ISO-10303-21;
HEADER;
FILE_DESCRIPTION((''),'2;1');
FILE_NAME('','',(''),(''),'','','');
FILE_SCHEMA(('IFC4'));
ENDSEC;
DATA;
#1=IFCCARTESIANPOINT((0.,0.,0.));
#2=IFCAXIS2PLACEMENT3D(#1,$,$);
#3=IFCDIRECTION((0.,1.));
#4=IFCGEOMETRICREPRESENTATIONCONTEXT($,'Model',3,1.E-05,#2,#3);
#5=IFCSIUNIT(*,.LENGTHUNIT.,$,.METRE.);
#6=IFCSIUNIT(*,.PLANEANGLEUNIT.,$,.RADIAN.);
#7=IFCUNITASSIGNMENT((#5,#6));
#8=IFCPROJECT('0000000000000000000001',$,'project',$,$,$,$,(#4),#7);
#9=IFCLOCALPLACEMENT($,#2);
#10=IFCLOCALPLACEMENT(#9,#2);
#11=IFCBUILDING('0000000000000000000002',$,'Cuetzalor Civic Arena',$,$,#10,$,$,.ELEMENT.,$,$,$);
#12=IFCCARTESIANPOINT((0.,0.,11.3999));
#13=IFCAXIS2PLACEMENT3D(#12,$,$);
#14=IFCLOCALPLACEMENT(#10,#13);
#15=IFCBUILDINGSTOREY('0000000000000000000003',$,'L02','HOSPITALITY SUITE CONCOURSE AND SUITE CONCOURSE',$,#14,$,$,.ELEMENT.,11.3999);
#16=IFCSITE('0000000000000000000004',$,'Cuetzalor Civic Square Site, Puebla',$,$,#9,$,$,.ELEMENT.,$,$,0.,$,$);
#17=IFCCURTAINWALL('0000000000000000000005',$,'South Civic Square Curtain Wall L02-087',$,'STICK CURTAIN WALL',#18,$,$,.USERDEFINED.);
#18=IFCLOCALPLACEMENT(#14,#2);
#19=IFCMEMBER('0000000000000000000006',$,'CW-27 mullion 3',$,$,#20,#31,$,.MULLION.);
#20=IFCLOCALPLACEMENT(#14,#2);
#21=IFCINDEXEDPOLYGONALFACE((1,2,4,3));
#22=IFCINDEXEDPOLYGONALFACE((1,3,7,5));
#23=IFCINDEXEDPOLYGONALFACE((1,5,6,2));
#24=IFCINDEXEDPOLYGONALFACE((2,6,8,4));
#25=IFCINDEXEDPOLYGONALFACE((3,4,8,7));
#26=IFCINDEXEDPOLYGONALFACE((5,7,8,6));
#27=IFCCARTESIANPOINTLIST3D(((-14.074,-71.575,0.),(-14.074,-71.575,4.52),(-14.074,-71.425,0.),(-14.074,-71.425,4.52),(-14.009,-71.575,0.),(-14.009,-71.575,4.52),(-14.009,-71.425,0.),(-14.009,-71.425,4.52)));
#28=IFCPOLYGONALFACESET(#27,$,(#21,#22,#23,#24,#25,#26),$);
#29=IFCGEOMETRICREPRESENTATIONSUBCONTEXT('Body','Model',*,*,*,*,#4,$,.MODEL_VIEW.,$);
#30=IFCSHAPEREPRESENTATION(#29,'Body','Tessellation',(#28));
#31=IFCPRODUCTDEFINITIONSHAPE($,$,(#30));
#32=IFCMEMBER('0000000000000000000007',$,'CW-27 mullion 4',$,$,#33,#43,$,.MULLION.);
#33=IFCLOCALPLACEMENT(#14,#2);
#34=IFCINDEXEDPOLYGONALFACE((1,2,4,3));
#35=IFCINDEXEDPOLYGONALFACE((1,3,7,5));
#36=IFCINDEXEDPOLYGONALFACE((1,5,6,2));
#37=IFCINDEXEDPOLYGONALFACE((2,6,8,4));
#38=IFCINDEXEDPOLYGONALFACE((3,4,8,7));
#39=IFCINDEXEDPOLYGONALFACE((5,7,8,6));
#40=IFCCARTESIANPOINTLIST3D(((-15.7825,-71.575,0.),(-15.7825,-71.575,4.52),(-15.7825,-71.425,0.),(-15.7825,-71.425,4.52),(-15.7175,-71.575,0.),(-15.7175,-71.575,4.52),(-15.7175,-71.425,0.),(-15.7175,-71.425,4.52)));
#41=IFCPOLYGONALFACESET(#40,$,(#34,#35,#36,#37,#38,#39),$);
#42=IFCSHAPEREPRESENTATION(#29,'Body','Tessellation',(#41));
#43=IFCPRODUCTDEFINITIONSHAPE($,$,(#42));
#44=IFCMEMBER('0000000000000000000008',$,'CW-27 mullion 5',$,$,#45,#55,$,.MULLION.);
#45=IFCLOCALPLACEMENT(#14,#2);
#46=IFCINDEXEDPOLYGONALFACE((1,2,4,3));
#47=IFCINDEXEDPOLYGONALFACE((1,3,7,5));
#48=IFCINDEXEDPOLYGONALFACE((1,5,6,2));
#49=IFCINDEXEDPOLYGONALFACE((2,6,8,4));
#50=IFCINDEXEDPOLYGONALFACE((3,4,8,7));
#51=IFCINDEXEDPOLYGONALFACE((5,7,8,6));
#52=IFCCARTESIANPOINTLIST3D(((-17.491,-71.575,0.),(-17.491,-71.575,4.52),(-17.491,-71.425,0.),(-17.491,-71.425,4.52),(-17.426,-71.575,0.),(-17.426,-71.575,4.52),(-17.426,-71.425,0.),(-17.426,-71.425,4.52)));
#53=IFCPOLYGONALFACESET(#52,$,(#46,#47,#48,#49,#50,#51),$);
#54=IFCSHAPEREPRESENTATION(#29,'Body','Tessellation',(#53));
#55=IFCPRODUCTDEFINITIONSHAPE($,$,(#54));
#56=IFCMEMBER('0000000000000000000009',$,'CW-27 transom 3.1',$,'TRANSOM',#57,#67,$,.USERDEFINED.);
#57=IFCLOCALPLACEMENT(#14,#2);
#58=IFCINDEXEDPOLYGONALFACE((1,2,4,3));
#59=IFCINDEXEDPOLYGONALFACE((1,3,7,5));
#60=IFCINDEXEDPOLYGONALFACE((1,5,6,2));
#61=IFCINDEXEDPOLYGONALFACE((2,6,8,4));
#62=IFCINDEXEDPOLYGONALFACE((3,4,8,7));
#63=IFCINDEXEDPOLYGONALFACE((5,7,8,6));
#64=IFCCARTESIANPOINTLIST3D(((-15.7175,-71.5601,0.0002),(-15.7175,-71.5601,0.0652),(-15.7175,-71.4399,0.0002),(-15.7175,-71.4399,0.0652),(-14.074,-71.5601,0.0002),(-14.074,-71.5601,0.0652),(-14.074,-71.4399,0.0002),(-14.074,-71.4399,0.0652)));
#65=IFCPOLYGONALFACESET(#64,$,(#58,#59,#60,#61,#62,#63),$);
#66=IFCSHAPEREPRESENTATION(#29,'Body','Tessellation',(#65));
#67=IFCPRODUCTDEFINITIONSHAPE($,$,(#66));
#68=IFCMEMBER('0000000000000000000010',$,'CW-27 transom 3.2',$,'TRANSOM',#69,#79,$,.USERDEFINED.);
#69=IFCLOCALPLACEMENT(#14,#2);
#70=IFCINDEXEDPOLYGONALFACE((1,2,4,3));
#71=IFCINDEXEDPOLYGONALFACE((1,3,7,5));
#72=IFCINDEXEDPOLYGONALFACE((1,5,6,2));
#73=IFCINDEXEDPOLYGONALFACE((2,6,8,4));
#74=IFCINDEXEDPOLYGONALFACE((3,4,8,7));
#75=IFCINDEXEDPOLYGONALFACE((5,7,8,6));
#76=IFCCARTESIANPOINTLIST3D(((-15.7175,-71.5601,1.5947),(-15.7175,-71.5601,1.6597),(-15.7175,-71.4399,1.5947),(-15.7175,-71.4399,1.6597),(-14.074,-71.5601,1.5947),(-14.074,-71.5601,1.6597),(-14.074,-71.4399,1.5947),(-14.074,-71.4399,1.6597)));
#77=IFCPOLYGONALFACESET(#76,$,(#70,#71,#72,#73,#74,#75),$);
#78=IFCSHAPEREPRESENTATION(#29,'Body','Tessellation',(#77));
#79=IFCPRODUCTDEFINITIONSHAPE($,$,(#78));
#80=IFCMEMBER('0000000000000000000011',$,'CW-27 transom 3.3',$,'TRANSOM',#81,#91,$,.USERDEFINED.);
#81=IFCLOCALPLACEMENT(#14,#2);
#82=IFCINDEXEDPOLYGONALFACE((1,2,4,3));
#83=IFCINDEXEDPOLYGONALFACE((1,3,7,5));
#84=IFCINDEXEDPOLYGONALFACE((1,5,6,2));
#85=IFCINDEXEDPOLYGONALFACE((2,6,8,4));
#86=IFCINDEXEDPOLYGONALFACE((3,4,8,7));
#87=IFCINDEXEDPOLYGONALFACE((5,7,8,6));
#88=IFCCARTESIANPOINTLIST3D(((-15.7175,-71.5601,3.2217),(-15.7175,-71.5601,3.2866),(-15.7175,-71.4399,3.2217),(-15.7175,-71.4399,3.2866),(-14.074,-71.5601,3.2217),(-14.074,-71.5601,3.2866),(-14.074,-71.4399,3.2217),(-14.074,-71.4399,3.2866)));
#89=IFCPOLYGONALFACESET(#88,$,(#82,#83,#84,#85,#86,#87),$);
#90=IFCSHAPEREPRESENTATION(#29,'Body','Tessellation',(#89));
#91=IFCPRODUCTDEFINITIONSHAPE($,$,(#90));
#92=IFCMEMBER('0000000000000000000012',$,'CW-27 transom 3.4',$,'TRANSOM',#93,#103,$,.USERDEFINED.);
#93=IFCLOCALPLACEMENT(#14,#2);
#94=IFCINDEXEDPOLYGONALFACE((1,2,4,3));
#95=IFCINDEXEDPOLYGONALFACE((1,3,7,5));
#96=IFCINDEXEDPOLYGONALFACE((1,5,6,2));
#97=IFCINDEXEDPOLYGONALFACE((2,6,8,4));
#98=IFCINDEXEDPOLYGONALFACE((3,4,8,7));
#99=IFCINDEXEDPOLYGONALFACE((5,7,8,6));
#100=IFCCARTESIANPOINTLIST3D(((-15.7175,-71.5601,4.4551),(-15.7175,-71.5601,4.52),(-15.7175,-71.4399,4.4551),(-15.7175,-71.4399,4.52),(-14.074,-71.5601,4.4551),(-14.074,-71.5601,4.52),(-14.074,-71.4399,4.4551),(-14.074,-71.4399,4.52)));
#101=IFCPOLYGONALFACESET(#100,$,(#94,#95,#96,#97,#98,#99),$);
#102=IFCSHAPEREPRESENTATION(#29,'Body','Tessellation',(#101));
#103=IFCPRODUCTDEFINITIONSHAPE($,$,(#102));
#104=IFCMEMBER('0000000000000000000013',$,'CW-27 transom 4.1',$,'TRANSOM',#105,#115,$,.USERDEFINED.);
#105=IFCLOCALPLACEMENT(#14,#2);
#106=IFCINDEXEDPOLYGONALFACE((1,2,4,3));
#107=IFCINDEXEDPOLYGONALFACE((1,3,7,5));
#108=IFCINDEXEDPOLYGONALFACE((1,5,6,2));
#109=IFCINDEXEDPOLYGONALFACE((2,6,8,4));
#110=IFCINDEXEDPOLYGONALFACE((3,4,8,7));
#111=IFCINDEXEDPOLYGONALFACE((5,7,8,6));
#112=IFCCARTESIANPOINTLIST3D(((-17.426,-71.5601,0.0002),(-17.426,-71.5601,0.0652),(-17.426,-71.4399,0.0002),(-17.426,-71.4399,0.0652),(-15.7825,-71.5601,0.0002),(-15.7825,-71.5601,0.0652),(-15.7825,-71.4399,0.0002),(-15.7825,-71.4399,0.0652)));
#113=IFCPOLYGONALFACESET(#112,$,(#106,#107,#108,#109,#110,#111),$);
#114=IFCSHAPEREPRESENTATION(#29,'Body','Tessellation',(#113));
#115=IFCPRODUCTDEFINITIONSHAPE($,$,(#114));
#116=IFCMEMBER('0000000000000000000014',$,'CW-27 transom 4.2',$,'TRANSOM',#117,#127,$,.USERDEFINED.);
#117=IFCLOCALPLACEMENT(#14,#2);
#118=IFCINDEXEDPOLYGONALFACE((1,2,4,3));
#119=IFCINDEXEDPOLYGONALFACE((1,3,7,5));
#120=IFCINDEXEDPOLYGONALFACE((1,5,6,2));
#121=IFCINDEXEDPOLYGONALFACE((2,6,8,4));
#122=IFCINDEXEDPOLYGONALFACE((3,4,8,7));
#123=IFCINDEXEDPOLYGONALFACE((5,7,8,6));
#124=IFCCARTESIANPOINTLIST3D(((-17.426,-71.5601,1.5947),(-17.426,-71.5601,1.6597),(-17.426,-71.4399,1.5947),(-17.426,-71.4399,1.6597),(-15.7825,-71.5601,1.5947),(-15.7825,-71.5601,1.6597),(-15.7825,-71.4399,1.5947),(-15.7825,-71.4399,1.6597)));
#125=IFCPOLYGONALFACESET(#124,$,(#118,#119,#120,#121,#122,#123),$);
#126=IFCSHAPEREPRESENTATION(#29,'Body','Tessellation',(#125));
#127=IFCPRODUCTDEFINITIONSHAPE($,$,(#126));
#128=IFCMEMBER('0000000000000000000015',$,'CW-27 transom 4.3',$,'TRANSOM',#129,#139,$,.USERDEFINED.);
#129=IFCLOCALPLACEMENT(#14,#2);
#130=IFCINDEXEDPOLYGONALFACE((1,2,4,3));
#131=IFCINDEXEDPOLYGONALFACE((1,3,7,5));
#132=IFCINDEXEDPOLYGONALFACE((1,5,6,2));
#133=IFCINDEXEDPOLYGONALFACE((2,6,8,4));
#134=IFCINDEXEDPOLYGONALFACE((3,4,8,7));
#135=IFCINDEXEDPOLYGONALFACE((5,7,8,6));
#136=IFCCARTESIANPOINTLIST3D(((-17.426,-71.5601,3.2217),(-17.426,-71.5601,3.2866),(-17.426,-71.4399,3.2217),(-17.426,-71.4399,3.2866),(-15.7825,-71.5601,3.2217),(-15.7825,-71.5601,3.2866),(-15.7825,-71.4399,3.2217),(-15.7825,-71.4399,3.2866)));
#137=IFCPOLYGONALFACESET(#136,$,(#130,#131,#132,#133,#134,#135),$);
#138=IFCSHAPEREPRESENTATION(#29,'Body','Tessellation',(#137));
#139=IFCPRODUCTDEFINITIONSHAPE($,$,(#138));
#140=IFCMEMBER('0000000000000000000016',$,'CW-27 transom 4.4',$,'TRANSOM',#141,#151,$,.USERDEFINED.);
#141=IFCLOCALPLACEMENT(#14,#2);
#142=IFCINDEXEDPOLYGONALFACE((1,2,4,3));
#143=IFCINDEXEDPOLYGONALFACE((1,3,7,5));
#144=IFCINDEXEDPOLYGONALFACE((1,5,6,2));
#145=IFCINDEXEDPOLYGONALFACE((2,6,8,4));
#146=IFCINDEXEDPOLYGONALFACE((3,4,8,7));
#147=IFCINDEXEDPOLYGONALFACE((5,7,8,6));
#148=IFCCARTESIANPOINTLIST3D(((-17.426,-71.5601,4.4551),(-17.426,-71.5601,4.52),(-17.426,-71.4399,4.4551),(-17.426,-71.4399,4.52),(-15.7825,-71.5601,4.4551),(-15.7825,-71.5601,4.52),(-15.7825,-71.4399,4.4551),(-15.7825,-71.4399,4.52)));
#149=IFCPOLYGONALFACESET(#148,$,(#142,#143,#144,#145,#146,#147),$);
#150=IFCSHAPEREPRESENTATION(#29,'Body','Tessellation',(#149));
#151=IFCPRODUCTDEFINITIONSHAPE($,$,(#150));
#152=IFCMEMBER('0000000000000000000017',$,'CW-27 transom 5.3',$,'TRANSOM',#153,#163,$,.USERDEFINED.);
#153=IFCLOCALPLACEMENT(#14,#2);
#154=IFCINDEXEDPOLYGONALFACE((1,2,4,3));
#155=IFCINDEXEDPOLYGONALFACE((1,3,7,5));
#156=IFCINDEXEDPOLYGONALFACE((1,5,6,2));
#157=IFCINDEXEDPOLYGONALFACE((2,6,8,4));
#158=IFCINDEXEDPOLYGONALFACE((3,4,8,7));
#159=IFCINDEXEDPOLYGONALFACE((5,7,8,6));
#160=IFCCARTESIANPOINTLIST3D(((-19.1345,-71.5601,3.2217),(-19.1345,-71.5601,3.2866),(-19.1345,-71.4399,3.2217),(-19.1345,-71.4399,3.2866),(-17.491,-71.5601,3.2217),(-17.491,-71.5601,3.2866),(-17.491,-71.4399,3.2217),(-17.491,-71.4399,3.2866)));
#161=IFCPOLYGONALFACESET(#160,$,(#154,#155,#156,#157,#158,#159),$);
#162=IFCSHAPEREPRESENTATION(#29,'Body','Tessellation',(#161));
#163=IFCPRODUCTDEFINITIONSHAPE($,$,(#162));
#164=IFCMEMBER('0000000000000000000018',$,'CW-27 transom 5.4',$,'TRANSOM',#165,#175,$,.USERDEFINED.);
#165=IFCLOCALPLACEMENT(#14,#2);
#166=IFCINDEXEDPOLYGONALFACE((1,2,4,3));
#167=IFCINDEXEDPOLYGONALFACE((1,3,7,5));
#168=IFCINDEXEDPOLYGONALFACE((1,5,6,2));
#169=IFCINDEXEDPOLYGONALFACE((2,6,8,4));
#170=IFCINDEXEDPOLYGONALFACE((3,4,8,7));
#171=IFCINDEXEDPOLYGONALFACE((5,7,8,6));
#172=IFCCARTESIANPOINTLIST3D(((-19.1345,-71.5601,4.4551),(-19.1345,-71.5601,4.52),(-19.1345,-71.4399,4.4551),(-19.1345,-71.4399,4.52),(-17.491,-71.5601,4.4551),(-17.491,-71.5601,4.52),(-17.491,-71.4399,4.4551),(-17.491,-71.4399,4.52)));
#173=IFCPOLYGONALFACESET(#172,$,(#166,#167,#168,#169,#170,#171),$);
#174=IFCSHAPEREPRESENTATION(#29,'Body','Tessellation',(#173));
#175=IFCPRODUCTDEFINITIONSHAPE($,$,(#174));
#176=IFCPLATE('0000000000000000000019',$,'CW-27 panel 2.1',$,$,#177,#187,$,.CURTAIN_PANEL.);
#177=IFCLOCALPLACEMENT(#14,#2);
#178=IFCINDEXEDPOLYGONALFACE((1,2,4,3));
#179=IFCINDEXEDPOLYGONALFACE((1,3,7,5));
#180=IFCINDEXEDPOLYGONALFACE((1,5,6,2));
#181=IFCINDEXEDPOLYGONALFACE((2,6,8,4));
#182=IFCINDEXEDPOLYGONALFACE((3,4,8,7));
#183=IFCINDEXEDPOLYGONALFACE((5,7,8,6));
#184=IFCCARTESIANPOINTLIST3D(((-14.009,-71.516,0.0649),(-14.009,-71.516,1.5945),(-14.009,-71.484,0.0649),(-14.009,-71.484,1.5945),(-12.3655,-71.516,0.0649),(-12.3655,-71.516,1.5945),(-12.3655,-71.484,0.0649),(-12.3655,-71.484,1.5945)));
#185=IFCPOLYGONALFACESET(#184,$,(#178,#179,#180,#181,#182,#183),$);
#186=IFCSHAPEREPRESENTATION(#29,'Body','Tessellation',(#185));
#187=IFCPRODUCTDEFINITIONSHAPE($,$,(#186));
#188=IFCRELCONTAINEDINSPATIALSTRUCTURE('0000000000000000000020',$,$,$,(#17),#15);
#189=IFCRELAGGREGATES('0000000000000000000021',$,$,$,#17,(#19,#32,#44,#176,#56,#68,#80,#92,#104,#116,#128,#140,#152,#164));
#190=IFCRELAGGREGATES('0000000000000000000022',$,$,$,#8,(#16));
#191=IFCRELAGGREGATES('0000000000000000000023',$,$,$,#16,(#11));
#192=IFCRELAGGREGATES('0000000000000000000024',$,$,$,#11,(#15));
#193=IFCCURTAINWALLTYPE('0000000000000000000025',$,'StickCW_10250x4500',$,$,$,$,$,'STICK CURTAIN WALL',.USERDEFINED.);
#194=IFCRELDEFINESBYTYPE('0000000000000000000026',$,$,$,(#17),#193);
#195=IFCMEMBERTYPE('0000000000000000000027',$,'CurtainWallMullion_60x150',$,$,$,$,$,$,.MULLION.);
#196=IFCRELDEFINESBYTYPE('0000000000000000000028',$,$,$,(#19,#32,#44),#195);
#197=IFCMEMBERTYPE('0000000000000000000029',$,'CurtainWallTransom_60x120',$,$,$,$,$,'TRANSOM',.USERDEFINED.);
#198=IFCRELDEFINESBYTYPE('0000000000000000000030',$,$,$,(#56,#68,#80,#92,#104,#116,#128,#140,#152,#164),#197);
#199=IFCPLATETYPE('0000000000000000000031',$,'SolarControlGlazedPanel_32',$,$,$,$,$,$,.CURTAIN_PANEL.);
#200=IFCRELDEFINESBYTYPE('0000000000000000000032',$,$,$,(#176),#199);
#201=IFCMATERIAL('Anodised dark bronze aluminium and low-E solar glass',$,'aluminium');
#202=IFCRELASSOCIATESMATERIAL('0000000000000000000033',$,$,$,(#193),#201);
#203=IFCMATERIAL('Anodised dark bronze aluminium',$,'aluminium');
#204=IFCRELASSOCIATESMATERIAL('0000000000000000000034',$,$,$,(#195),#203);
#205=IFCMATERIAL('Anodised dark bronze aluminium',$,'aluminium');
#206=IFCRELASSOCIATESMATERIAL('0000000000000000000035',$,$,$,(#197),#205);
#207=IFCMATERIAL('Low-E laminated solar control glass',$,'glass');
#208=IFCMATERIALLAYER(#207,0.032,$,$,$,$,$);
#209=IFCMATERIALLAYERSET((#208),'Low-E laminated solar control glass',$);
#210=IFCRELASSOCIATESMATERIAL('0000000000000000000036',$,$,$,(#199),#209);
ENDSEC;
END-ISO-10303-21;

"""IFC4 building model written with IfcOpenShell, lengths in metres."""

from ifc_helpers import new_model, si_unit, direction, frame, origin, origin_2d, place, context, subcontext, project, spatial, rectangle, extrude, material, layer, layer_set, material_profile, profile_set, type_object, element, aggregate, save


model = new_model("IFC4")

# Units and contexts
model_context = context("Model", 3, precision=1e-05, world=origin(), true_north=direction((0.0, 1.0)))
body_context = subcontext(model_context, "Body", "Model", "MODEL_VIEW")
ifc_project = project(units=[si_unit("LENGTHUNIT", "METRE"), si_unit("PLANEANGLEUNIT", "RADIAN")], contexts=[model_context])

# Site, building, storey
site_placement = place(None, origin())
site = spatial("IfcSite", under=ifc_project, at=site_placement, Name="Cuetzalor Civic Square Site, Puebla", CompositionType="ELEMENT", RefElevation=0.0)
building_placement = place(site_placement, origin())
building = spatial("IfcBuilding", under=site, at=building_placement, Name="Cuetzalor Civic Arena", CompositionType="ELEMENT")
storey_placement = place(building_placement, frame((0.0, 0.0, 11.3999)))
storey = spatial("IfcBuildingStorey", under=building, at=storey_placement, Name="L02", Description="HOSPITALITY SUITE CONCOURSE AND SUITE CONCOURSE", CompositionType="ELEMENT", Elevation=11.3999)

# Curtain wall, members, plate
ifc_material_1 = material(Name="Anodised dark bronze aluminium and low-E solar glass", Category="aluminium")
curtain_wall_type = type_object("IfcCurtainWallType", Name="StickCW_10250x4500", ElementType="STICK CURTAIN WALL", PredefinedType="USERDEFINED", material=ifc_material_1)
curtain_wall_placement = place(storey_placement, origin())
curtain_wall = element("IfcCurtainWall", 1, at=curtain_wall_placement, inside=storey, type_object=curtain_wall_type, Name="South Civic Square Curtain Wall L02-087", ObjectType="STICK CURTAIN WALL", PredefinedType="USERDEFINED")
ifc_material_2 = material(Name="Anodised dark bronze aluminium", Category="aluminium")
ifc_material_profile_1 = material_profile(ifc_material_2, rectangle(XDim=0.0649, YDim=0.1499, at=origin_2d()), Name="ALU MULLION 65x150")
ifc_profile_set_1 = profile_set([ifc_material_profile_1], Name="Anodised dark bronze aluminium")
member_type_1 = type_object("IfcMemberType", Name="CurtainWallMullion_60x150", PredefinedType="MULLION", material=ifc_profile_set_1)
member_1_placement = place(storey_placement, frame((-14.0415, -71.5, 0.0), z_axis=(0.0, 0.0, 1.0), x_axis=(-1.0, 0.0, 0.0)))
member_1 = element("IfcMember", 2, at=member_1_placement, type_object=member_type_1, Name="CW-27 mullion 3", PredefinedType="MULLION", context=body_context, shape_type="SweptSolid", body=[
    extrude(rectangle(XDim=0.0649, YDim=0.1499, at=origin_2d()), origin(), (0.0, 0.0, 1.0), 4.52),
])
member_2_placement = place(storey_placement, frame((-15.75, -71.5, 0.0), z_axis=(0.0, 0.0, 1.0), x_axis=(-1.0, 0.0, 0.0)))
member_2 = element("IfcMember", 3, at=member_2_placement, type_object=member_type_1, Name="CW-27 mullion 4", PredefinedType="MULLION", context=body_context, shape_type="SweptSolid", body=[
    extrude(rectangle(XDim=0.0649, YDim=0.1499, at=origin_2d()), origin(), (0.0, 0.0, 1.0), 4.52),
])
member_3_placement = place(storey_placement, frame((-17.4585, -71.5, 0.0), z_axis=(0.0, 0.0, 1.0), x_axis=(-1.0, 0.0, 0.0)))
member_3 = element("IfcMember", 4, at=member_3_placement, type_object=member_type_1, Name="CW-27 mullion 5", PredefinedType="MULLION", context=body_context, shape_type="SweptSolid", body=[
    extrude(rectangle(XDim=0.0649, YDim=0.1499, at=origin_2d()), origin(), (0.0, 0.0, 1.0), 4.52),
])
ifc_material_3 = material(Name="Anodised dark bronze aluminium", Category="aluminium")
ifc_material_profile_2 = material_profile(ifc_material_3, rectangle(XDim=0.1201, YDim=0.0649, at=origin_2d()), Name="ALU TRANSOM 65x120")
ifc_profile_set_2 = profile_set([ifc_material_profile_2], Name="Anodised dark bronze aluminium")
member_type_2 = type_object("IfcMemberType", Name="CurtainWallTransom_60x120", ElementType="TRANSOM", PredefinedType="USERDEFINED", material=ifc_profile_set_2)
member_4_placement = place(storey_placement, frame((-14.074, -71.5, 0.0327), z_axis=(-1.0, 0.0, 0.0), x_axis=(0.0, -1.0, 0.0)))
member_4 = element("IfcMember", 5, at=member_4_placement, type_object=member_type_2, Name="CW-27 transom 3.1", ObjectType="TRANSOM", PredefinedType="USERDEFINED", context=body_context, shape_type="SweptSolid", body=[
    extrude(rectangle(XDim=0.1201, YDim=0.0649, at=origin_2d()), origin(), (0.0, 0.0, 1.0), 1.6436),
])
member_5_placement = place(storey_placement, frame((-14.074, -71.5, 1.6272), z_axis=(-1.0, 0.0, 0.0), x_axis=(0.0, -1.0, 0.0)))
member_5 = element("IfcMember", 6, at=member_5_placement, type_object=member_type_2, Name="CW-27 transom 3.2", ObjectType="TRANSOM", PredefinedType="USERDEFINED", context=body_context, shape_type="SweptSolid", body=[
    extrude(rectangle(XDim=0.1201, YDim=0.0649, at=origin_2d()), origin(), (0.0, 0.0, 1.0), 1.6436),
])
member_6_placement = place(storey_placement, frame((-14.074, -71.5, 3.2542), z_axis=(-1.0, 0.0, 0.0), x_axis=(0.0, -1.0, 0.0)))
member_6 = element("IfcMember", 7, at=member_6_placement, type_object=member_type_2, Name="CW-27 transom 3.3", ObjectType="TRANSOM", PredefinedType="USERDEFINED", context=body_context, shape_type="SweptSolid", body=[
    extrude(rectangle(XDim=0.1201, YDim=0.0649, at=origin_2d()), origin(), (0.0, 0.0, 1.0), 1.6436),
])
member_7_placement = place(storey_placement, frame((-14.074, -71.5, 4.4875), z_axis=(-1.0, 0.0, 0.0), x_axis=(0.0, -1.0, 0.0)))
member_7 = element("IfcMember", 8, at=member_7_placement, type_object=member_type_2, Name="CW-27 transom 3.4", ObjectType="TRANSOM", PredefinedType="USERDEFINED", context=body_context, shape_type="SweptSolid", body=[
    extrude(rectangle(XDim=0.1201, YDim=0.0649, at=origin_2d()), origin(), (0.0, 0.0, 1.0), 1.6436),
])
member_8_placement = place(storey_placement, frame((-15.7825, -71.5, 0.0327), z_axis=(-1.0, 0.0, 0.0), x_axis=(0.0, -1.0, 0.0)))
member_8 = element("IfcMember", 9, at=member_8_placement, type_object=member_type_2, Name="CW-27 transom 4.1", ObjectType="TRANSOM", PredefinedType="USERDEFINED", context=body_context, shape_type="SweptSolid", body=[
    extrude(rectangle(XDim=0.1201, YDim=0.0649, at=origin_2d()), origin(), (0.0, 0.0, 1.0), 1.6436),
])
member_9_placement = place(storey_placement, frame((-15.7825, -71.5, 1.6272), z_axis=(-1.0, 0.0, 0.0), x_axis=(0.0, -1.0, 0.0)))
member_9 = element("IfcMember", 10, at=member_9_placement, type_object=member_type_2, Name="CW-27 transom 4.2", ObjectType="TRANSOM", PredefinedType="USERDEFINED", context=body_context, shape_type="SweptSolid", body=[
    extrude(rectangle(XDim=0.1201, YDim=0.0649, at=origin_2d()), origin(), (0.0, 0.0, 1.0), 1.6436),
])
member_10_placement = place(storey_placement, frame((-15.7825, -71.5, 3.2542), z_axis=(-1.0, 0.0, 0.0), x_axis=(0.0, -1.0, 0.0)))
member_10 = element("IfcMember", 11, at=member_10_placement, type_object=member_type_2, Name="CW-27 transom 4.3", ObjectType="TRANSOM", PredefinedType="USERDEFINED", context=body_context, shape_type="SweptSolid", body=[
    extrude(rectangle(XDim=0.1201, YDim=0.0649, at=origin_2d()), origin(), (0.0, 0.0, 1.0), 1.6436),
])
member_11_placement = place(storey_placement, frame((-15.7825, -71.5, 4.4875), z_axis=(-1.0, 0.0, 0.0), x_axis=(0.0, -1.0, 0.0)))
member_11 = element("IfcMember", 12, at=member_11_placement, type_object=member_type_2, Name="CW-27 transom 4.4", ObjectType="TRANSOM", PredefinedType="USERDEFINED", context=body_context, shape_type="SweptSolid", body=[
    extrude(rectangle(XDim=0.1201, YDim=0.0649, at=origin_2d()), origin(), (0.0, 0.0, 1.0), 1.6436),
])
member_12_placement = place(storey_placement, frame((-17.491, -71.5, 3.2542), z_axis=(-1.0, 0.0, 0.0), x_axis=(0.0, -1.0, 0.0)))
member_12 = element("IfcMember", 13, at=member_12_placement, type_object=member_type_2, Name="CW-27 transom 5.3", ObjectType="TRANSOM", PredefinedType="USERDEFINED", context=body_context, shape_type="SweptSolid", body=[
    extrude(rectangle(XDim=0.1201, YDim=0.0649, at=origin_2d()), origin(), (0.0, 0.0, 1.0), 1.6436),
])
member_13_placement = place(storey_placement, frame((-17.491, -71.5, 4.4875), z_axis=(-1.0, 0.0, 0.0), x_axis=(0.0, -1.0, 0.0)))
member_13 = element("IfcMember", 14, at=member_13_placement, type_object=member_type_2, Name="CW-27 transom 5.4", ObjectType="TRANSOM", PredefinedType="USERDEFINED", context=body_context, shape_type="SweptSolid", body=[
    extrude(rectangle(XDim=0.1201, YDim=0.0649, at=origin_2d()), origin(), (0.0, 0.0, 1.0), 1.6436),
])
ifc_material_4 = material(Name="Low-E laminated solar control glass", Category="glass")
ifc_layer = layer(ifc_material_4, 0.032)
ifc_layer_set = layer_set([ifc_layer], Name="Low-E laminated solar control glass")
plate_type = type_object("IfcPlateType", Name="SolarControlGlazedPanel_32", PredefinedType="CURTAIN_PANEL", material=ifc_layer_set)
plate_1_placement = place(storey_placement, frame((-13.1873, -71.5, 0.0649), z_axis=(0.0, 0.0, 1.0), x_axis=(-1.0, 0.0, 0.0)))
plate_1 = element("IfcPlate", 15, at=plate_1_placement, type_object=plate_type, Name="CW-27 panel 2.1", PredefinedType="CURTAIN_PANEL", context=body_context, shape_type="SweptSolid", body=[
    extrude(rectangle(XDim=1.6436, YDim=0.032, at=origin_2d()), origin(), (0.0, 0.0, 1.0), 1.5295),
])
aggregate(curtain_wall, [member_1, member_2, member_3, plate_1, member_4, member_5, member_6, member_7, member_8, member_9, member_10, member_11, member_12, member_13])

save(model, "model.ifc")
